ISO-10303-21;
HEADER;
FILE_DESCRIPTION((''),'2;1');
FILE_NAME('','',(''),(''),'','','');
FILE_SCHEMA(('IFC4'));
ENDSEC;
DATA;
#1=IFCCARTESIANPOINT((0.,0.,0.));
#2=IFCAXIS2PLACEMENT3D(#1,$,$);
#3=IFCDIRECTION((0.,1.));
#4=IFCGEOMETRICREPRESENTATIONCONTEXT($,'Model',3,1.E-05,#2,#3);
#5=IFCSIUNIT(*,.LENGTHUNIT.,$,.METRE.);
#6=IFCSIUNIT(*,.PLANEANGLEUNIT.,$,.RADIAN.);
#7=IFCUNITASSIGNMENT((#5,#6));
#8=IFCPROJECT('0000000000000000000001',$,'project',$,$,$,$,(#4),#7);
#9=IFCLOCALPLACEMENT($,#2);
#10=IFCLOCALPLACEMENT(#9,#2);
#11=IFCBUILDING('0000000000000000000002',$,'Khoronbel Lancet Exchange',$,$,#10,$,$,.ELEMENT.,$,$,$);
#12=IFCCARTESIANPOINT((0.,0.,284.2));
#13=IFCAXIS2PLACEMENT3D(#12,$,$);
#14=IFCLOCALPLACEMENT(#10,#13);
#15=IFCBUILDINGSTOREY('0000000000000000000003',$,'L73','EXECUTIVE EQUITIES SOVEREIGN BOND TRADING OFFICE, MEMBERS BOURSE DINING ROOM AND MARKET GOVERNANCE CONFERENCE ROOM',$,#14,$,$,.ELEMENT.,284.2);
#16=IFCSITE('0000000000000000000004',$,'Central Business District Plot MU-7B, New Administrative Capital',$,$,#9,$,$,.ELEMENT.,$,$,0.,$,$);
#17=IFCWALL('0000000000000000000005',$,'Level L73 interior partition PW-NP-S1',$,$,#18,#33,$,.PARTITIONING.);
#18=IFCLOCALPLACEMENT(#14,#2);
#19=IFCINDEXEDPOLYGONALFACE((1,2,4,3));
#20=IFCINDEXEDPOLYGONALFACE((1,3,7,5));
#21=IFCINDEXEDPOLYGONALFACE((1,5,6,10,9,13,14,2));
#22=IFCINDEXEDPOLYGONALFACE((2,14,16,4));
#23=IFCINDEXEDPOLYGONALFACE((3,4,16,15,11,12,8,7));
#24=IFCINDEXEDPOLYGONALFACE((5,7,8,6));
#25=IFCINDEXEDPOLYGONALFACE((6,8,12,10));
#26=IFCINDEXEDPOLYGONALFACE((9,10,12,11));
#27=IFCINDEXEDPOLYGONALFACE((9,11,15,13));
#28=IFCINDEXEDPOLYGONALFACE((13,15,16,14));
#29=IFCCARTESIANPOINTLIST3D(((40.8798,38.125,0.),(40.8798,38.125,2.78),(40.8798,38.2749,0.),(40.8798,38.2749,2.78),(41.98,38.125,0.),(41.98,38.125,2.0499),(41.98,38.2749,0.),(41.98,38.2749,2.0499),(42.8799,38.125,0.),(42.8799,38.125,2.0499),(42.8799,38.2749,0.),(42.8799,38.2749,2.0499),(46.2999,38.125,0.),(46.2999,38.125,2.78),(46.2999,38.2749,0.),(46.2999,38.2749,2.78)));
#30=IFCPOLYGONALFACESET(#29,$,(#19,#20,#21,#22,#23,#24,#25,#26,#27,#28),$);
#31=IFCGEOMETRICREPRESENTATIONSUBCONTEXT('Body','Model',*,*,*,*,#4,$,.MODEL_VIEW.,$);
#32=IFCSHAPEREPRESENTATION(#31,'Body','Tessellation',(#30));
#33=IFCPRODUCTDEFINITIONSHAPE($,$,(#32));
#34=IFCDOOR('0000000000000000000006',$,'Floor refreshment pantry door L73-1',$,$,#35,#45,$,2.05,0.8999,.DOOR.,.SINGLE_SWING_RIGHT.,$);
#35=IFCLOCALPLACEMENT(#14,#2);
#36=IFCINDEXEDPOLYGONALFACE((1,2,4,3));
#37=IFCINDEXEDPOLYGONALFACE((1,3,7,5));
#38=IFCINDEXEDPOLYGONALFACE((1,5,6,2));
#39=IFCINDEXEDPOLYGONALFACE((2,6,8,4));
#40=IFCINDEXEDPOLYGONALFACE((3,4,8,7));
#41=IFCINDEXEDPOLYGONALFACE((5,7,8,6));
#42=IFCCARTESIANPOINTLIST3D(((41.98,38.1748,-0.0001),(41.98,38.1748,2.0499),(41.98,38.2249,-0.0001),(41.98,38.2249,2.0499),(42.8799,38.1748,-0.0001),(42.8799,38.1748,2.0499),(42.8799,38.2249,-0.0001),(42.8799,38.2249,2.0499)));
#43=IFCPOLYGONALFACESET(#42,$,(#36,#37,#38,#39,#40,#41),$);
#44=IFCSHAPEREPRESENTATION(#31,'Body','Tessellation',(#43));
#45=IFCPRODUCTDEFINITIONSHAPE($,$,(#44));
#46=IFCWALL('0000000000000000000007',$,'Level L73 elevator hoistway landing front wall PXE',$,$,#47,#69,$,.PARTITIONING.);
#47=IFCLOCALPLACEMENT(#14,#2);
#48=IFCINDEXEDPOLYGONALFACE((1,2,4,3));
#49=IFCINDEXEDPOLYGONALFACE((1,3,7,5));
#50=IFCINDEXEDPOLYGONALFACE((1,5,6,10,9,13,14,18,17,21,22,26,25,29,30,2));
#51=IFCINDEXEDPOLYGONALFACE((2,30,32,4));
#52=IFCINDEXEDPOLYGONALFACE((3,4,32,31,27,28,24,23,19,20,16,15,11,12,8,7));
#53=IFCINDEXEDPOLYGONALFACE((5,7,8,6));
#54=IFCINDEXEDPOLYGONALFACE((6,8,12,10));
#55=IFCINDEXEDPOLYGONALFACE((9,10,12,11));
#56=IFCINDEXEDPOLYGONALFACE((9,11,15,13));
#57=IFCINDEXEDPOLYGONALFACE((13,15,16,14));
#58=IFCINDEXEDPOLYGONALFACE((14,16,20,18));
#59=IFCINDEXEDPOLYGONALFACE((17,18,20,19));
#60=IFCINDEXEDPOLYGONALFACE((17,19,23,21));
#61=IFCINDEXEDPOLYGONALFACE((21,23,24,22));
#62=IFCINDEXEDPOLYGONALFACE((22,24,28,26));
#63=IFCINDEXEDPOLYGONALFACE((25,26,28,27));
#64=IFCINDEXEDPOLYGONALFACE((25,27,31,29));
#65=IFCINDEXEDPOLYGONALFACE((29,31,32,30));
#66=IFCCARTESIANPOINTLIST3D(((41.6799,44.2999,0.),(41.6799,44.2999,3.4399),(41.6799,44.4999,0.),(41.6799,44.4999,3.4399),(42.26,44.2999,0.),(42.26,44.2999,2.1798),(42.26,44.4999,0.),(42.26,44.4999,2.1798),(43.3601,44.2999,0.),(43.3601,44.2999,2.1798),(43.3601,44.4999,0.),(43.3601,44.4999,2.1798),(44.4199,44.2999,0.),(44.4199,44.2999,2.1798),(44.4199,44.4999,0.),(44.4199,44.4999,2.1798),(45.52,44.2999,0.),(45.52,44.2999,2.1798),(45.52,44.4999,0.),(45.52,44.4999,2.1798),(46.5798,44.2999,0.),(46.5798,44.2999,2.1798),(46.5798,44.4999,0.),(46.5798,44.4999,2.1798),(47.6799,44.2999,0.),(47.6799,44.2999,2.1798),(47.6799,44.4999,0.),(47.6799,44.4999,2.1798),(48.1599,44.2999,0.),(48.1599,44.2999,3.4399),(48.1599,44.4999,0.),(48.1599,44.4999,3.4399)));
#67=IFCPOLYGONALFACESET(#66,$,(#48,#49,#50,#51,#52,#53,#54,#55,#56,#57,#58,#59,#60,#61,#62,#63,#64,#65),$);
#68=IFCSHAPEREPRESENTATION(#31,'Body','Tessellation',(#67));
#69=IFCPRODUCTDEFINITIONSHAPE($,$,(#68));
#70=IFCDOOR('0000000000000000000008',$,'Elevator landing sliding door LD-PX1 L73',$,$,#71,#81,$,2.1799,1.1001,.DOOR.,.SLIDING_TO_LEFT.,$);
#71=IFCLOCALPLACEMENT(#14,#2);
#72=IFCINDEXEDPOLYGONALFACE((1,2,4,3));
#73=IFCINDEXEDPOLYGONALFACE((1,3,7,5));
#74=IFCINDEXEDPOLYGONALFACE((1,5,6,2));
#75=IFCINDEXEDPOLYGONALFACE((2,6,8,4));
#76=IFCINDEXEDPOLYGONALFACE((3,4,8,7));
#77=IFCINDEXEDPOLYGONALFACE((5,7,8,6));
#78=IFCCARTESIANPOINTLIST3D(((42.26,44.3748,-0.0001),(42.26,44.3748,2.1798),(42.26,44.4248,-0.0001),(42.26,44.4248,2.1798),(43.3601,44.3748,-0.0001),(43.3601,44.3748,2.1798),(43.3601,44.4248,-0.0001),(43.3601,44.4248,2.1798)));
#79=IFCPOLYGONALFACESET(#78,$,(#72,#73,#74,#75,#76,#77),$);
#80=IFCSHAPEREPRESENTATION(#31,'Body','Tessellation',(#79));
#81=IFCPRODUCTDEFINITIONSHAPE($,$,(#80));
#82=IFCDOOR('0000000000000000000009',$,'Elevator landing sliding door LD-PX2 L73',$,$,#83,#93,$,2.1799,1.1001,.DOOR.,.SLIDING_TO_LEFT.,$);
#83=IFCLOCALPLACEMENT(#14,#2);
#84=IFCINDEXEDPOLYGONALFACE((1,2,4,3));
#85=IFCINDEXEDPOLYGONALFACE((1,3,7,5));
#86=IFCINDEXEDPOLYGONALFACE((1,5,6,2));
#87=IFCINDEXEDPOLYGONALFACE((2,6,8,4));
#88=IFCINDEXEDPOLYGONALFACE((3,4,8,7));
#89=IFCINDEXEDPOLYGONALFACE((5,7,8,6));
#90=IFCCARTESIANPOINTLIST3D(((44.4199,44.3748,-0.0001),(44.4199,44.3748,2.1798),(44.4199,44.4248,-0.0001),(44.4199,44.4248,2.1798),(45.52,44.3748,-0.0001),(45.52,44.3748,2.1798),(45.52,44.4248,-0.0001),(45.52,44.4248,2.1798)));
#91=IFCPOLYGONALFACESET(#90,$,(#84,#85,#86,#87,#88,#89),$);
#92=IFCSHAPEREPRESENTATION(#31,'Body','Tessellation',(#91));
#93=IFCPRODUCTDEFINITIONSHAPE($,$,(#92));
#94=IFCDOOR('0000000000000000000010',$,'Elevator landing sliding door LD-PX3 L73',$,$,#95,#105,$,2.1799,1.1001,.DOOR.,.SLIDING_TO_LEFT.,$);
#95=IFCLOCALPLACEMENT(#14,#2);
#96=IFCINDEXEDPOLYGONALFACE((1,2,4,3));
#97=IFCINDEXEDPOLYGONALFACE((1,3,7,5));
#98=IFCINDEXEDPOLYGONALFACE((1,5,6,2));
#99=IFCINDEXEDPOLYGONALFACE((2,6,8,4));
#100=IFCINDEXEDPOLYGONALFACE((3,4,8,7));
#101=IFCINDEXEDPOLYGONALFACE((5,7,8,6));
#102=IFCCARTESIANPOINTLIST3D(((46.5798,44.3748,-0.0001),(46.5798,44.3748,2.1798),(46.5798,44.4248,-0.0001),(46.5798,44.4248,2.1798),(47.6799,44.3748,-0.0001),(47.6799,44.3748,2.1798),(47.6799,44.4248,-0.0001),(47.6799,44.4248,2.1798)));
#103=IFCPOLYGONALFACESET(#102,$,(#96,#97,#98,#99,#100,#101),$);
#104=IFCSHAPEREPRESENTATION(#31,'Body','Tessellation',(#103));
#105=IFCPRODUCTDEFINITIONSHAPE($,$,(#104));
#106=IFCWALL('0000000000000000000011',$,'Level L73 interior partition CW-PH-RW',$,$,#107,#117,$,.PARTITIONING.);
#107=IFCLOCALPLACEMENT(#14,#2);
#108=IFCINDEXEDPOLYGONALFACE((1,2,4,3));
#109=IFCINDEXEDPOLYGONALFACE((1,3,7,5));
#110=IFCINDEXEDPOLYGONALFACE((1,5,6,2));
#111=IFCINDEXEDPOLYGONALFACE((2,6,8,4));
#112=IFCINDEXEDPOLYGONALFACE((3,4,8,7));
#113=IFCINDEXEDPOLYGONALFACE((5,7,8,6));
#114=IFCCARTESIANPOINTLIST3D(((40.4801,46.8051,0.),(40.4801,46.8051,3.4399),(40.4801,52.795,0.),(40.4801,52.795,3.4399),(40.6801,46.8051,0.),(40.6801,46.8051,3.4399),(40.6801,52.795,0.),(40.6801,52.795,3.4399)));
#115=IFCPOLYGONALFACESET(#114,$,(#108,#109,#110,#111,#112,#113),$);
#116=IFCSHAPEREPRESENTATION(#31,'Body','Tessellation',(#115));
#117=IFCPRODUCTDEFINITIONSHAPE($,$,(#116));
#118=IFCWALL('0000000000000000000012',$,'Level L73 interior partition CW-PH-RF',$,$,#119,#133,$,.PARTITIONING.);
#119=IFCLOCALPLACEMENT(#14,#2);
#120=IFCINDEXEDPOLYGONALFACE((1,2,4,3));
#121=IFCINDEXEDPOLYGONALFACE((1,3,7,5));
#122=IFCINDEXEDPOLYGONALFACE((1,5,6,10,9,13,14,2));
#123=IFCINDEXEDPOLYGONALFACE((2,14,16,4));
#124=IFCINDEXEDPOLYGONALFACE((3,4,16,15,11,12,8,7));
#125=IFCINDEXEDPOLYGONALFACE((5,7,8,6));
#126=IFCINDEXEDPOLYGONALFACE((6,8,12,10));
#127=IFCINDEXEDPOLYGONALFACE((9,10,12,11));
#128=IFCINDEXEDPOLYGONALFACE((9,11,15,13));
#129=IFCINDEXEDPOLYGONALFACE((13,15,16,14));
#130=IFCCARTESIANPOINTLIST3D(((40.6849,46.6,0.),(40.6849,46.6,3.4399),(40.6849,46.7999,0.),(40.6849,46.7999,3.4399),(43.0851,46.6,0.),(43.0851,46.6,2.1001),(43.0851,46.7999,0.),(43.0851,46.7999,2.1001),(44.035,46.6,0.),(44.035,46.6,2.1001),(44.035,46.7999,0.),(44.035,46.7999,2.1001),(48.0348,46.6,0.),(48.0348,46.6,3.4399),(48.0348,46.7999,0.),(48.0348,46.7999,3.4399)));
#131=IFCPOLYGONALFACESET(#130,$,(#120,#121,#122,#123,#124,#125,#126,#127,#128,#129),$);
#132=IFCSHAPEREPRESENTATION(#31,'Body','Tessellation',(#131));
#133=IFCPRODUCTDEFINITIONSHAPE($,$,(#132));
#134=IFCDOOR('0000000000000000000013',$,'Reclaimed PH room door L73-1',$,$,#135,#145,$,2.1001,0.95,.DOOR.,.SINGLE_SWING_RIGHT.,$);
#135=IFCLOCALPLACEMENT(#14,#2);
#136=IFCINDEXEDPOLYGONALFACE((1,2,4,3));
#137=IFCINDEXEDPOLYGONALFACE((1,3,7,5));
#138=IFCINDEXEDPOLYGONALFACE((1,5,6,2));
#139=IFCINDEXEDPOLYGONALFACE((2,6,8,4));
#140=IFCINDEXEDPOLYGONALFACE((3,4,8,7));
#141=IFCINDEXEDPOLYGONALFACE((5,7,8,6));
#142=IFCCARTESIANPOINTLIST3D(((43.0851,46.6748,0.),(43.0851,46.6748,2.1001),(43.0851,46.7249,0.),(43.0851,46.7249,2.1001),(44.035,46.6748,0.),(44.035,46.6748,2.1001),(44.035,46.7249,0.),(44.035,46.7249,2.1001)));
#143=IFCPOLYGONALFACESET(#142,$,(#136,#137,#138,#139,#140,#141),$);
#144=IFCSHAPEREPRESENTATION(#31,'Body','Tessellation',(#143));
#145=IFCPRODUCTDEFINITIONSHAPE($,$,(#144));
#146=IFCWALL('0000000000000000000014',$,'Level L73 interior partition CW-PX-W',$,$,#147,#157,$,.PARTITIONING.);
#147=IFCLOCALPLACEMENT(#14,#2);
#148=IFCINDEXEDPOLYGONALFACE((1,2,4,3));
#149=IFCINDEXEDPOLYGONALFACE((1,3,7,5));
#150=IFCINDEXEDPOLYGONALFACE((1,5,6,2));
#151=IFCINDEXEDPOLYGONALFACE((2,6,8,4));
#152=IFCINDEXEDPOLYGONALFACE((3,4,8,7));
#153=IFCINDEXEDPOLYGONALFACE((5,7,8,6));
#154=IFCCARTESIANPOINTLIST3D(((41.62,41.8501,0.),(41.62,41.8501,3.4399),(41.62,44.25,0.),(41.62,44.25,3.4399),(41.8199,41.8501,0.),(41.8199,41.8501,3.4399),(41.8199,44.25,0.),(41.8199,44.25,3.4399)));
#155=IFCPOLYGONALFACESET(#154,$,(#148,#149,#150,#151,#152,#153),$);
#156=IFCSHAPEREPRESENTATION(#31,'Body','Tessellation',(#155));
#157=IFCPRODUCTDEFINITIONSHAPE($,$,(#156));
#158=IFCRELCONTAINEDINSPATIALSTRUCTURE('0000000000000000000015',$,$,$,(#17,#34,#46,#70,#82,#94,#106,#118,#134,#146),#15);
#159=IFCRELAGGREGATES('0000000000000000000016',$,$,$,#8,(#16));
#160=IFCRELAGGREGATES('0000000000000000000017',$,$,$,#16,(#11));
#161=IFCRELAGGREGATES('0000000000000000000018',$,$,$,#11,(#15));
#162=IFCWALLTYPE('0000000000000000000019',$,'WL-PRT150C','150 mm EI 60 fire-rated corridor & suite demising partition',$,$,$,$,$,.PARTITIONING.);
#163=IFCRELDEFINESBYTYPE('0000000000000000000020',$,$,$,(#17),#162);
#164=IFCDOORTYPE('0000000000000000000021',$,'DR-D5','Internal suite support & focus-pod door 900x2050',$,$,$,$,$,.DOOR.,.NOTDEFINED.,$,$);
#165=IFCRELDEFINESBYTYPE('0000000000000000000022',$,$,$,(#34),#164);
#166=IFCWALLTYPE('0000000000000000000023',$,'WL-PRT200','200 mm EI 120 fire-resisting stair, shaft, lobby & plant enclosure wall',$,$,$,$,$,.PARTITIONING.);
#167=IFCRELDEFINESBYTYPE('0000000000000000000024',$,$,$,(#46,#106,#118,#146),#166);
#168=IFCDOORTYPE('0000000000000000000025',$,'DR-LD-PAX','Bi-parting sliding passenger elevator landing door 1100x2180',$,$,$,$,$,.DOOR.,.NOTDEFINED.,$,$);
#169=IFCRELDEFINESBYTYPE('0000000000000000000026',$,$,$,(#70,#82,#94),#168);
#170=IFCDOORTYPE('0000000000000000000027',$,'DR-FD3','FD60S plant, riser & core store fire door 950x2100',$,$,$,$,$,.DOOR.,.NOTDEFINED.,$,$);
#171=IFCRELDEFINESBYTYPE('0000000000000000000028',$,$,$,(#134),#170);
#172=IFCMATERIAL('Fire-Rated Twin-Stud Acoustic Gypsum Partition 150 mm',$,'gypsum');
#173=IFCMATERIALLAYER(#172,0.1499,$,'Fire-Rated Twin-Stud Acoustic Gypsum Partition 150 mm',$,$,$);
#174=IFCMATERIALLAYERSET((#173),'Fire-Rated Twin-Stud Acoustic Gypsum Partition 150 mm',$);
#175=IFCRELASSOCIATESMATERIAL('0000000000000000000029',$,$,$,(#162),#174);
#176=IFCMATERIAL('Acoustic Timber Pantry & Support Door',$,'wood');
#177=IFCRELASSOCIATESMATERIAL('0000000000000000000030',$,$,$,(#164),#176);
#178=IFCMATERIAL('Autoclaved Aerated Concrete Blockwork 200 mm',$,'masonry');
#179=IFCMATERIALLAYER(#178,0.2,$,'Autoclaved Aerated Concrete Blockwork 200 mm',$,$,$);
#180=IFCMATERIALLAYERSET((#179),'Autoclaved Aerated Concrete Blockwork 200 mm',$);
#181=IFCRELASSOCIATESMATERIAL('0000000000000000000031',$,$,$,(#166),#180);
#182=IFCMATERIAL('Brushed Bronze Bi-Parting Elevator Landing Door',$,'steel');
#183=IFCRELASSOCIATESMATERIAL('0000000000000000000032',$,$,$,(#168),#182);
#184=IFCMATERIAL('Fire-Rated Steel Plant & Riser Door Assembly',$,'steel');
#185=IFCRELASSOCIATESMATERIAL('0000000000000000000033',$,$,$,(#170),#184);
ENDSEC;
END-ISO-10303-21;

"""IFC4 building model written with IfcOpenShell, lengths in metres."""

from ifc_helpers import new_model, si_unit, direction, frame, frame_2d, origin, place, context, subcontext, project, spatial, rectangle, extrude, material, layer, layer_set, type_object, element, fill, save


model = new_model("IFC4")

# Units and contexts
model_context = context("Model", 3, precision=1e-05, world=origin(), true_north=direction((0.0, 1.0)))
body_context = subcontext(model_context, "Body", "Model", "MODEL_VIEW")
ifc_project = project(units=[si_unit("LENGTHUNIT", "METRE"), si_unit("PLANEANGLEUNIT", "RADIAN")], contexts=[model_context])

# Site, building, storey
site_placement = place(None, origin())
site = spatial("IfcSite", under=ifc_project, at=site_placement, Name="Central Business District Plot MU-7B, New Administrative Capital", CompositionType="ELEMENT", RefElevation=0.0)
building_placement = place(site_placement, origin())
building = spatial("IfcBuilding", under=site, at=building_placement, Name="Khoronbel Lancet Exchange", CompositionType="ELEMENT")
storey_placement = place(building_placement, frame((0.0, 0.0, 284.2)))
storey = spatial("IfcBuildingStorey", under=building, at=storey_placement, Name="L73", Description="EXECUTIVE EQUITIES SOVEREIGN BOND TRADING OFFICE, MEMBERS BOURSE DINING ROOM AND MARKET GOVERNANCE CONFERENCE ROOM", CompositionType="ELEMENT", Elevation=284.2)

# Wall, opening, door
ifc_material_1 = material(Name="Fire-Rated Twin-Stud Acoustic Gypsum Partition 150 mm", Category="gypsum")
ifc_layer_1 = layer(ifc_material_1, 0.1499, Name="Fire-Rated Twin-Stud Acoustic Gypsum Partition 150 mm")
ifc_layer_set_1 = layer_set([ifc_layer_1], Name="Fire-Rated Twin-Stud Acoustic Gypsum Partition 150 mm")
wall_type_1 = type_object("IfcWallType", Name="WL-PRT150C", Description="150 mm EI 60 fire-rated corridor & suite demising partition", PredefinedType="PARTITIONING", material=ifc_layer_set_1)
wall_1_placement = place(storey_placement, frame((40.8799, 38.2, 0.0), z_axis=(0.0, 0.0, 1.0), x_axis=(1.0, 0.0, 0.0)))
wall_1 = element("IfcWall", 1, at=wall_1_placement, inside=storey, type_object=wall_type_1, Name="Level L73 interior partition PW-NP-S1", PredefinedType="PARTITIONING", context=body_context, shape_type="SweptSolid", body=[
    extrude(rectangle(XDim=5.4202, YDim=0.1499, at=frame_2d((2.71, 0.0))), origin(), (0.0, 0.0, 1.0), 2.78),
])
opening_1_placement = place(wall_1_placement, frame((1.1001, 0.0, 0.0)))
opening_1 = element("IfcOpeningElement", 2, at=opening_1_placement, cuts=wall_1, PredefinedType="OPENING", context=body_context, shape_type="SweptSolid", body=[
    extrude(rectangle(XDim=0.8999, YDim=2.05, at=frame_2d((0.45, 1.0249))), frame((0.0, 0.085, 0.0), z_axis=(0.0, -1.0, 0.0), x_axis=(1.0, 0.0, 0.0)), (0.0, 0.0, 1.0), 0.1699),
])
ifc_material_2 = material(Name="Acoustic Timber Pantry & Support Door", Category="wood")
door_type_1 = type_object("IfcDoorType", Name="DR-D5", Description="Internal suite support & focus-pod door 900x2050", OperationType="NOTDEFINED", PredefinedType="DOOR", material=ifc_material_2)
door_1_placement = place(opening_1_placement, origin())
door_1 = element("IfcDoor", 3, at=door_1_placement, inside=storey, type_object=door_type_1, Name="Floor refreshment pantry door L73-1", OperationType="SINGLE_SWING_RIGHT", OverallHeight=2.05, OverallWidth=0.8999, PredefinedType="DOOR", context=body_context, shape_type="SweptSolid", body=[
    extrude(rectangle(XDim=0.8999, YDim=2.05, at=frame_2d((0.45, 1.0249))), frame((0.0, 0.0249, 0.0), z_axis=(0.0, -1.0, 0.0), x_axis=(1.0, 0.0, 0.0)), (0.0, 0.0, 1.0), 0.05),
])
fill(opening_1, door_1)

# Wall, openings, doors
ifc_material_3 = material(Name="Autoclaved Aerated Concrete Blockwork 200 mm", Category="masonry")
ifc_layer_2 = layer(ifc_material_3, 0.2, Name="Autoclaved Aerated Concrete Blockwork 200 mm")
ifc_layer_set_2 = layer_set([ifc_layer_2], Name="Autoclaved Aerated Concrete Blockwork 200 mm")
wall_type_2 = type_object("IfcWallType", Name="WL-PRT200", Description="200 mm EI 120 fire-resisting stair, shaft, lobby & plant enclosure wall", PredefinedType="PARTITIONING", material=ifc_layer_set_2)
wall_2_placement = place(storey_placement, frame((41.6799, 44.3999, 0.0), z_axis=(0.0, 0.0, 1.0), x_axis=(1.0, 0.0, 0.0)))
wall_2 = element("IfcWall", 4, at=wall_2_placement, inside=storey, type_object=wall_type_2, Name="Level L73 elevator hoistway landing front wall PXE", PredefinedType="PARTITIONING", context=body_context, shape_type="SweptSolid", body=[
    extrude(rectangle(XDim=6.48, YDim=0.2, at=frame_2d((3.24, 0.0))), origin(), (0.0, 0.0, 1.0), 3.4399),
])
opening_2_placement = place(wall_2_placement, frame((0.5801, 0.0, 0.0)))
opening_2 = element("IfcOpeningElement", 5, at=opening_2_placement, cuts=wall_2, PredefinedType="OPENING", context=body_context, shape_type="SweptSolid", body=[
    extrude(rectangle(XDim=1.1001, YDim=2.1799, at=frame_2d((0.55, 1.0898))), frame((0.0, 0.1099, 0.0), z_axis=(0.0, -1.0, 0.0), x_axis=(1.0, 0.0, 0.0)), (0.0, 0.0, 1.0), 0.22),
])
opening_3_placement = place(wall_2_placement, frame((2.74, 0.0, 0.0)))
opening_3 = element("IfcOpeningElement", 6, at=opening_3_placement, cuts=wall_2, PredefinedType="OPENING", context=body_context, shape_type="SweptSolid", body=[
    extrude(rectangle(XDim=1.1001, YDim=2.1799, at=frame_2d((0.55, 1.0898))), frame((0.0, 0.1099, 0.0), z_axis=(0.0, -1.0, 0.0), x_axis=(1.0, 0.0, 0.0)), (0.0, 0.0, 1.0), 0.22),
])
opening_4_placement = place(wall_2_placement, frame((4.8999, 0.0, 0.0)))
opening_4 = element("IfcOpeningElement", 7, at=opening_4_placement, cuts=wall_2, PredefinedType="OPENING", context=body_context, shape_type="SweptSolid", body=[
    extrude(rectangle(XDim=1.1001, YDim=2.1799, at=frame_2d((0.55, 1.0898))), frame((0.0, 0.1099, 0.0), z_axis=(0.0, -1.0, 0.0), x_axis=(1.0, 0.0, 0.0)), (0.0, 0.0, 1.0), 0.22),
])
ifc_material_4 = material(Name="Brushed Bronze Bi-Parting Elevator Landing Door", Category="steel")
door_type_2 = type_object("IfcDoorType", Name="DR-LD-PAX", Description="Bi-parting sliding passenger elevator landing door 1100x2180", OperationType="NOTDEFINED", PredefinedType="DOOR", material=ifc_material_4)
door_2_placement = place(opening_2_placement, origin())
door_2 = element("IfcDoor", 8, at=door_2_placement, inside=storey, type_object=door_type_2, Name="Elevator landing sliding door LD-PX1 L73", OperationType="SLIDING_TO_LEFT", OverallHeight=2.1799, OverallWidth=1.1001, PredefinedType="DOOR", context=body_context, shape_type="SweptSolid", body=[
    extrude(rectangle(XDim=1.1001, YDim=2.1799, at=frame_2d((0.55, 1.0898))), frame((0.0, 0.0249, 0.0), z_axis=(0.0, -1.0, 0.0), x_axis=(1.0, 0.0, 0.0)), (0.0, 0.0, 1.0), 0.05),
])
fill(opening_2, door_2)
door_3_placement = place(opening_3_placement, origin())
door_3 = element("IfcDoor", 9, at=door_3_placement, inside=storey, type_object=door_type_2, Name="Elevator landing sliding door LD-PX2 L73", OperationType="SLIDING_TO_LEFT", OverallHeight=2.1799, OverallWidth=1.1001, PredefinedType="DOOR", context=body_context, shape_type="SweptSolid", body=[
    extrude(rectangle(XDim=1.1001, YDim=2.1799, at=frame_2d((0.55, 1.0898))), frame((0.0, 0.0249, 0.0), z_axis=(0.0, -1.0, 0.0), x_axis=(1.0, 0.0, 0.0)), (0.0, 0.0, 1.0), 0.05),
])
fill(opening_3, door_3)
door_4_placement = place(opening_4_placement, origin())
door_4 = element("IfcDoor", 10, at=door_4_placement, inside=storey, type_object=door_type_2, Name="Elevator landing sliding door LD-PX3 L73", OperationType="SLIDING_TO_LEFT", OverallHeight=2.1799, OverallWidth=1.1001, PredefinedType="DOOR", context=body_context, shape_type="SweptSolid", body=[
    extrude(rectangle(XDim=1.1001, YDim=2.1799, at=frame_2d((0.55, 1.0898))), frame((0.0, 0.0249, 0.0), z_axis=(0.0, -1.0, 0.0), x_axis=(1.0, 0.0, 0.0)), (0.0, 0.0, 1.0), 0.05),
])
fill(opening_4, door_4)

# Wall
wall_3_placement = place(storey_placement, frame((40.5801, 46.8049, 0.0), z_axis=(0.0, 0.0, 1.0), x_axis=(0.0, 1.0, 0.0)))
element("IfcWall", 11, at=wall_3_placement, inside=storey, type_object=wall_type_2, Name="Level L73 interior partition CW-PH-RW", PredefinedType="PARTITIONING", context=body_context, shape_type="SweptSolid", body=[
    extrude(rectangle(XDim=5.99, YDim=0.2, at=frame_2d((2.9951, 0.0))), origin(), (0.0, 0.0, 1.0), 3.4399),
])

# Wall, opening, door
wall_4_placement = place(storey_placement, frame((40.6851, 46.7, 0.0), z_axis=(0.0, 0.0, 1.0), x_axis=(1.0, 0.0, 0.0)))
wall_4 = element("IfcWall", 12, at=wall_4_placement, inside=storey, type_object=wall_type_2, Name="Level L73 interior partition CW-PH-RF", PredefinedType="PARTITIONING", context=body_context, shape_type="SweptSolid", body=[
    extrude(rectangle(XDim=7.3499, YDim=0.2, at=frame_2d((3.6748, 0.0))), origin(), (0.0, 0.0, 1.0), 3.4399),
])
opening_5_placement = place(wall_4_placement, frame((2.3999, 0.0, 0.0)))
opening_5 = element("IfcOpeningElement", 13, at=opening_5_placement, cuts=wall_4, PredefinedType="OPENING", context=body_context, shape_type="SweptSolid", body=[
    extrude(rectangle(XDim=0.95, YDim=2.1001, at=frame_2d((0.4751, 1.05))), frame((0.0, 0.1099, 0.0), z_axis=(0.0, -1.0, 0.0), x_axis=(1.0, 0.0, 0.0)), (0.0, 0.0, 1.0), 0.22),
])
ifc_material_5 = material(Name="Fire-Rated Steel Plant & Riser Door Assembly", Category="steel")
door_type_3 = type_object("IfcDoorType", Name="DR-FD3", Description="FD60S plant, riser & core store fire door 950x2100", OperationType="NOTDEFINED", PredefinedType="DOOR", material=ifc_material_5)
door_5_placement = place(opening_5_placement, origin())
door_5 = element("IfcDoor", 14, at=door_5_placement, inside=storey, type_object=door_type_3, Name="Reclaimed PH room door L73-1", OperationType="SINGLE_SWING_RIGHT", OverallHeight=2.1001, OverallWidth=0.95, PredefinedType="DOOR", context=body_context, shape_type="SweptSolid", body=[
    extrude(rectangle(XDim=0.95, YDim=2.1001, at=frame_2d((0.4751, 1.05))), frame((0.0, 0.0249, 0.0), z_axis=(0.0, -1.0, 0.0), x_axis=(1.0, 0.0, 0.0)), (0.0, 0.0, 1.0), 0.05),
])
fill(opening_5, door_5)

# Wall
wall_5_placement = place(storey_placement, frame((41.72, 41.8501, 0.0), z_axis=(0.0, 0.0, 1.0), x_axis=(0.0, 1.0, 0.0)))
element("IfcWall", 15, at=wall_5_placement, inside=storey, type_object=wall_type_2, Name="Level L73 interior partition CW-PX-W", PredefinedType="PARTITIONING", context=body_context, shape_type="SweptSolid", body=[
    extrude(rectangle(XDim=2.3999, YDim=0.2, at=frame_2d((1.2, 0.0))), origin(), (0.0, 0.0, 1.0), 3.4399),
])

save(model, "model.ifc")
